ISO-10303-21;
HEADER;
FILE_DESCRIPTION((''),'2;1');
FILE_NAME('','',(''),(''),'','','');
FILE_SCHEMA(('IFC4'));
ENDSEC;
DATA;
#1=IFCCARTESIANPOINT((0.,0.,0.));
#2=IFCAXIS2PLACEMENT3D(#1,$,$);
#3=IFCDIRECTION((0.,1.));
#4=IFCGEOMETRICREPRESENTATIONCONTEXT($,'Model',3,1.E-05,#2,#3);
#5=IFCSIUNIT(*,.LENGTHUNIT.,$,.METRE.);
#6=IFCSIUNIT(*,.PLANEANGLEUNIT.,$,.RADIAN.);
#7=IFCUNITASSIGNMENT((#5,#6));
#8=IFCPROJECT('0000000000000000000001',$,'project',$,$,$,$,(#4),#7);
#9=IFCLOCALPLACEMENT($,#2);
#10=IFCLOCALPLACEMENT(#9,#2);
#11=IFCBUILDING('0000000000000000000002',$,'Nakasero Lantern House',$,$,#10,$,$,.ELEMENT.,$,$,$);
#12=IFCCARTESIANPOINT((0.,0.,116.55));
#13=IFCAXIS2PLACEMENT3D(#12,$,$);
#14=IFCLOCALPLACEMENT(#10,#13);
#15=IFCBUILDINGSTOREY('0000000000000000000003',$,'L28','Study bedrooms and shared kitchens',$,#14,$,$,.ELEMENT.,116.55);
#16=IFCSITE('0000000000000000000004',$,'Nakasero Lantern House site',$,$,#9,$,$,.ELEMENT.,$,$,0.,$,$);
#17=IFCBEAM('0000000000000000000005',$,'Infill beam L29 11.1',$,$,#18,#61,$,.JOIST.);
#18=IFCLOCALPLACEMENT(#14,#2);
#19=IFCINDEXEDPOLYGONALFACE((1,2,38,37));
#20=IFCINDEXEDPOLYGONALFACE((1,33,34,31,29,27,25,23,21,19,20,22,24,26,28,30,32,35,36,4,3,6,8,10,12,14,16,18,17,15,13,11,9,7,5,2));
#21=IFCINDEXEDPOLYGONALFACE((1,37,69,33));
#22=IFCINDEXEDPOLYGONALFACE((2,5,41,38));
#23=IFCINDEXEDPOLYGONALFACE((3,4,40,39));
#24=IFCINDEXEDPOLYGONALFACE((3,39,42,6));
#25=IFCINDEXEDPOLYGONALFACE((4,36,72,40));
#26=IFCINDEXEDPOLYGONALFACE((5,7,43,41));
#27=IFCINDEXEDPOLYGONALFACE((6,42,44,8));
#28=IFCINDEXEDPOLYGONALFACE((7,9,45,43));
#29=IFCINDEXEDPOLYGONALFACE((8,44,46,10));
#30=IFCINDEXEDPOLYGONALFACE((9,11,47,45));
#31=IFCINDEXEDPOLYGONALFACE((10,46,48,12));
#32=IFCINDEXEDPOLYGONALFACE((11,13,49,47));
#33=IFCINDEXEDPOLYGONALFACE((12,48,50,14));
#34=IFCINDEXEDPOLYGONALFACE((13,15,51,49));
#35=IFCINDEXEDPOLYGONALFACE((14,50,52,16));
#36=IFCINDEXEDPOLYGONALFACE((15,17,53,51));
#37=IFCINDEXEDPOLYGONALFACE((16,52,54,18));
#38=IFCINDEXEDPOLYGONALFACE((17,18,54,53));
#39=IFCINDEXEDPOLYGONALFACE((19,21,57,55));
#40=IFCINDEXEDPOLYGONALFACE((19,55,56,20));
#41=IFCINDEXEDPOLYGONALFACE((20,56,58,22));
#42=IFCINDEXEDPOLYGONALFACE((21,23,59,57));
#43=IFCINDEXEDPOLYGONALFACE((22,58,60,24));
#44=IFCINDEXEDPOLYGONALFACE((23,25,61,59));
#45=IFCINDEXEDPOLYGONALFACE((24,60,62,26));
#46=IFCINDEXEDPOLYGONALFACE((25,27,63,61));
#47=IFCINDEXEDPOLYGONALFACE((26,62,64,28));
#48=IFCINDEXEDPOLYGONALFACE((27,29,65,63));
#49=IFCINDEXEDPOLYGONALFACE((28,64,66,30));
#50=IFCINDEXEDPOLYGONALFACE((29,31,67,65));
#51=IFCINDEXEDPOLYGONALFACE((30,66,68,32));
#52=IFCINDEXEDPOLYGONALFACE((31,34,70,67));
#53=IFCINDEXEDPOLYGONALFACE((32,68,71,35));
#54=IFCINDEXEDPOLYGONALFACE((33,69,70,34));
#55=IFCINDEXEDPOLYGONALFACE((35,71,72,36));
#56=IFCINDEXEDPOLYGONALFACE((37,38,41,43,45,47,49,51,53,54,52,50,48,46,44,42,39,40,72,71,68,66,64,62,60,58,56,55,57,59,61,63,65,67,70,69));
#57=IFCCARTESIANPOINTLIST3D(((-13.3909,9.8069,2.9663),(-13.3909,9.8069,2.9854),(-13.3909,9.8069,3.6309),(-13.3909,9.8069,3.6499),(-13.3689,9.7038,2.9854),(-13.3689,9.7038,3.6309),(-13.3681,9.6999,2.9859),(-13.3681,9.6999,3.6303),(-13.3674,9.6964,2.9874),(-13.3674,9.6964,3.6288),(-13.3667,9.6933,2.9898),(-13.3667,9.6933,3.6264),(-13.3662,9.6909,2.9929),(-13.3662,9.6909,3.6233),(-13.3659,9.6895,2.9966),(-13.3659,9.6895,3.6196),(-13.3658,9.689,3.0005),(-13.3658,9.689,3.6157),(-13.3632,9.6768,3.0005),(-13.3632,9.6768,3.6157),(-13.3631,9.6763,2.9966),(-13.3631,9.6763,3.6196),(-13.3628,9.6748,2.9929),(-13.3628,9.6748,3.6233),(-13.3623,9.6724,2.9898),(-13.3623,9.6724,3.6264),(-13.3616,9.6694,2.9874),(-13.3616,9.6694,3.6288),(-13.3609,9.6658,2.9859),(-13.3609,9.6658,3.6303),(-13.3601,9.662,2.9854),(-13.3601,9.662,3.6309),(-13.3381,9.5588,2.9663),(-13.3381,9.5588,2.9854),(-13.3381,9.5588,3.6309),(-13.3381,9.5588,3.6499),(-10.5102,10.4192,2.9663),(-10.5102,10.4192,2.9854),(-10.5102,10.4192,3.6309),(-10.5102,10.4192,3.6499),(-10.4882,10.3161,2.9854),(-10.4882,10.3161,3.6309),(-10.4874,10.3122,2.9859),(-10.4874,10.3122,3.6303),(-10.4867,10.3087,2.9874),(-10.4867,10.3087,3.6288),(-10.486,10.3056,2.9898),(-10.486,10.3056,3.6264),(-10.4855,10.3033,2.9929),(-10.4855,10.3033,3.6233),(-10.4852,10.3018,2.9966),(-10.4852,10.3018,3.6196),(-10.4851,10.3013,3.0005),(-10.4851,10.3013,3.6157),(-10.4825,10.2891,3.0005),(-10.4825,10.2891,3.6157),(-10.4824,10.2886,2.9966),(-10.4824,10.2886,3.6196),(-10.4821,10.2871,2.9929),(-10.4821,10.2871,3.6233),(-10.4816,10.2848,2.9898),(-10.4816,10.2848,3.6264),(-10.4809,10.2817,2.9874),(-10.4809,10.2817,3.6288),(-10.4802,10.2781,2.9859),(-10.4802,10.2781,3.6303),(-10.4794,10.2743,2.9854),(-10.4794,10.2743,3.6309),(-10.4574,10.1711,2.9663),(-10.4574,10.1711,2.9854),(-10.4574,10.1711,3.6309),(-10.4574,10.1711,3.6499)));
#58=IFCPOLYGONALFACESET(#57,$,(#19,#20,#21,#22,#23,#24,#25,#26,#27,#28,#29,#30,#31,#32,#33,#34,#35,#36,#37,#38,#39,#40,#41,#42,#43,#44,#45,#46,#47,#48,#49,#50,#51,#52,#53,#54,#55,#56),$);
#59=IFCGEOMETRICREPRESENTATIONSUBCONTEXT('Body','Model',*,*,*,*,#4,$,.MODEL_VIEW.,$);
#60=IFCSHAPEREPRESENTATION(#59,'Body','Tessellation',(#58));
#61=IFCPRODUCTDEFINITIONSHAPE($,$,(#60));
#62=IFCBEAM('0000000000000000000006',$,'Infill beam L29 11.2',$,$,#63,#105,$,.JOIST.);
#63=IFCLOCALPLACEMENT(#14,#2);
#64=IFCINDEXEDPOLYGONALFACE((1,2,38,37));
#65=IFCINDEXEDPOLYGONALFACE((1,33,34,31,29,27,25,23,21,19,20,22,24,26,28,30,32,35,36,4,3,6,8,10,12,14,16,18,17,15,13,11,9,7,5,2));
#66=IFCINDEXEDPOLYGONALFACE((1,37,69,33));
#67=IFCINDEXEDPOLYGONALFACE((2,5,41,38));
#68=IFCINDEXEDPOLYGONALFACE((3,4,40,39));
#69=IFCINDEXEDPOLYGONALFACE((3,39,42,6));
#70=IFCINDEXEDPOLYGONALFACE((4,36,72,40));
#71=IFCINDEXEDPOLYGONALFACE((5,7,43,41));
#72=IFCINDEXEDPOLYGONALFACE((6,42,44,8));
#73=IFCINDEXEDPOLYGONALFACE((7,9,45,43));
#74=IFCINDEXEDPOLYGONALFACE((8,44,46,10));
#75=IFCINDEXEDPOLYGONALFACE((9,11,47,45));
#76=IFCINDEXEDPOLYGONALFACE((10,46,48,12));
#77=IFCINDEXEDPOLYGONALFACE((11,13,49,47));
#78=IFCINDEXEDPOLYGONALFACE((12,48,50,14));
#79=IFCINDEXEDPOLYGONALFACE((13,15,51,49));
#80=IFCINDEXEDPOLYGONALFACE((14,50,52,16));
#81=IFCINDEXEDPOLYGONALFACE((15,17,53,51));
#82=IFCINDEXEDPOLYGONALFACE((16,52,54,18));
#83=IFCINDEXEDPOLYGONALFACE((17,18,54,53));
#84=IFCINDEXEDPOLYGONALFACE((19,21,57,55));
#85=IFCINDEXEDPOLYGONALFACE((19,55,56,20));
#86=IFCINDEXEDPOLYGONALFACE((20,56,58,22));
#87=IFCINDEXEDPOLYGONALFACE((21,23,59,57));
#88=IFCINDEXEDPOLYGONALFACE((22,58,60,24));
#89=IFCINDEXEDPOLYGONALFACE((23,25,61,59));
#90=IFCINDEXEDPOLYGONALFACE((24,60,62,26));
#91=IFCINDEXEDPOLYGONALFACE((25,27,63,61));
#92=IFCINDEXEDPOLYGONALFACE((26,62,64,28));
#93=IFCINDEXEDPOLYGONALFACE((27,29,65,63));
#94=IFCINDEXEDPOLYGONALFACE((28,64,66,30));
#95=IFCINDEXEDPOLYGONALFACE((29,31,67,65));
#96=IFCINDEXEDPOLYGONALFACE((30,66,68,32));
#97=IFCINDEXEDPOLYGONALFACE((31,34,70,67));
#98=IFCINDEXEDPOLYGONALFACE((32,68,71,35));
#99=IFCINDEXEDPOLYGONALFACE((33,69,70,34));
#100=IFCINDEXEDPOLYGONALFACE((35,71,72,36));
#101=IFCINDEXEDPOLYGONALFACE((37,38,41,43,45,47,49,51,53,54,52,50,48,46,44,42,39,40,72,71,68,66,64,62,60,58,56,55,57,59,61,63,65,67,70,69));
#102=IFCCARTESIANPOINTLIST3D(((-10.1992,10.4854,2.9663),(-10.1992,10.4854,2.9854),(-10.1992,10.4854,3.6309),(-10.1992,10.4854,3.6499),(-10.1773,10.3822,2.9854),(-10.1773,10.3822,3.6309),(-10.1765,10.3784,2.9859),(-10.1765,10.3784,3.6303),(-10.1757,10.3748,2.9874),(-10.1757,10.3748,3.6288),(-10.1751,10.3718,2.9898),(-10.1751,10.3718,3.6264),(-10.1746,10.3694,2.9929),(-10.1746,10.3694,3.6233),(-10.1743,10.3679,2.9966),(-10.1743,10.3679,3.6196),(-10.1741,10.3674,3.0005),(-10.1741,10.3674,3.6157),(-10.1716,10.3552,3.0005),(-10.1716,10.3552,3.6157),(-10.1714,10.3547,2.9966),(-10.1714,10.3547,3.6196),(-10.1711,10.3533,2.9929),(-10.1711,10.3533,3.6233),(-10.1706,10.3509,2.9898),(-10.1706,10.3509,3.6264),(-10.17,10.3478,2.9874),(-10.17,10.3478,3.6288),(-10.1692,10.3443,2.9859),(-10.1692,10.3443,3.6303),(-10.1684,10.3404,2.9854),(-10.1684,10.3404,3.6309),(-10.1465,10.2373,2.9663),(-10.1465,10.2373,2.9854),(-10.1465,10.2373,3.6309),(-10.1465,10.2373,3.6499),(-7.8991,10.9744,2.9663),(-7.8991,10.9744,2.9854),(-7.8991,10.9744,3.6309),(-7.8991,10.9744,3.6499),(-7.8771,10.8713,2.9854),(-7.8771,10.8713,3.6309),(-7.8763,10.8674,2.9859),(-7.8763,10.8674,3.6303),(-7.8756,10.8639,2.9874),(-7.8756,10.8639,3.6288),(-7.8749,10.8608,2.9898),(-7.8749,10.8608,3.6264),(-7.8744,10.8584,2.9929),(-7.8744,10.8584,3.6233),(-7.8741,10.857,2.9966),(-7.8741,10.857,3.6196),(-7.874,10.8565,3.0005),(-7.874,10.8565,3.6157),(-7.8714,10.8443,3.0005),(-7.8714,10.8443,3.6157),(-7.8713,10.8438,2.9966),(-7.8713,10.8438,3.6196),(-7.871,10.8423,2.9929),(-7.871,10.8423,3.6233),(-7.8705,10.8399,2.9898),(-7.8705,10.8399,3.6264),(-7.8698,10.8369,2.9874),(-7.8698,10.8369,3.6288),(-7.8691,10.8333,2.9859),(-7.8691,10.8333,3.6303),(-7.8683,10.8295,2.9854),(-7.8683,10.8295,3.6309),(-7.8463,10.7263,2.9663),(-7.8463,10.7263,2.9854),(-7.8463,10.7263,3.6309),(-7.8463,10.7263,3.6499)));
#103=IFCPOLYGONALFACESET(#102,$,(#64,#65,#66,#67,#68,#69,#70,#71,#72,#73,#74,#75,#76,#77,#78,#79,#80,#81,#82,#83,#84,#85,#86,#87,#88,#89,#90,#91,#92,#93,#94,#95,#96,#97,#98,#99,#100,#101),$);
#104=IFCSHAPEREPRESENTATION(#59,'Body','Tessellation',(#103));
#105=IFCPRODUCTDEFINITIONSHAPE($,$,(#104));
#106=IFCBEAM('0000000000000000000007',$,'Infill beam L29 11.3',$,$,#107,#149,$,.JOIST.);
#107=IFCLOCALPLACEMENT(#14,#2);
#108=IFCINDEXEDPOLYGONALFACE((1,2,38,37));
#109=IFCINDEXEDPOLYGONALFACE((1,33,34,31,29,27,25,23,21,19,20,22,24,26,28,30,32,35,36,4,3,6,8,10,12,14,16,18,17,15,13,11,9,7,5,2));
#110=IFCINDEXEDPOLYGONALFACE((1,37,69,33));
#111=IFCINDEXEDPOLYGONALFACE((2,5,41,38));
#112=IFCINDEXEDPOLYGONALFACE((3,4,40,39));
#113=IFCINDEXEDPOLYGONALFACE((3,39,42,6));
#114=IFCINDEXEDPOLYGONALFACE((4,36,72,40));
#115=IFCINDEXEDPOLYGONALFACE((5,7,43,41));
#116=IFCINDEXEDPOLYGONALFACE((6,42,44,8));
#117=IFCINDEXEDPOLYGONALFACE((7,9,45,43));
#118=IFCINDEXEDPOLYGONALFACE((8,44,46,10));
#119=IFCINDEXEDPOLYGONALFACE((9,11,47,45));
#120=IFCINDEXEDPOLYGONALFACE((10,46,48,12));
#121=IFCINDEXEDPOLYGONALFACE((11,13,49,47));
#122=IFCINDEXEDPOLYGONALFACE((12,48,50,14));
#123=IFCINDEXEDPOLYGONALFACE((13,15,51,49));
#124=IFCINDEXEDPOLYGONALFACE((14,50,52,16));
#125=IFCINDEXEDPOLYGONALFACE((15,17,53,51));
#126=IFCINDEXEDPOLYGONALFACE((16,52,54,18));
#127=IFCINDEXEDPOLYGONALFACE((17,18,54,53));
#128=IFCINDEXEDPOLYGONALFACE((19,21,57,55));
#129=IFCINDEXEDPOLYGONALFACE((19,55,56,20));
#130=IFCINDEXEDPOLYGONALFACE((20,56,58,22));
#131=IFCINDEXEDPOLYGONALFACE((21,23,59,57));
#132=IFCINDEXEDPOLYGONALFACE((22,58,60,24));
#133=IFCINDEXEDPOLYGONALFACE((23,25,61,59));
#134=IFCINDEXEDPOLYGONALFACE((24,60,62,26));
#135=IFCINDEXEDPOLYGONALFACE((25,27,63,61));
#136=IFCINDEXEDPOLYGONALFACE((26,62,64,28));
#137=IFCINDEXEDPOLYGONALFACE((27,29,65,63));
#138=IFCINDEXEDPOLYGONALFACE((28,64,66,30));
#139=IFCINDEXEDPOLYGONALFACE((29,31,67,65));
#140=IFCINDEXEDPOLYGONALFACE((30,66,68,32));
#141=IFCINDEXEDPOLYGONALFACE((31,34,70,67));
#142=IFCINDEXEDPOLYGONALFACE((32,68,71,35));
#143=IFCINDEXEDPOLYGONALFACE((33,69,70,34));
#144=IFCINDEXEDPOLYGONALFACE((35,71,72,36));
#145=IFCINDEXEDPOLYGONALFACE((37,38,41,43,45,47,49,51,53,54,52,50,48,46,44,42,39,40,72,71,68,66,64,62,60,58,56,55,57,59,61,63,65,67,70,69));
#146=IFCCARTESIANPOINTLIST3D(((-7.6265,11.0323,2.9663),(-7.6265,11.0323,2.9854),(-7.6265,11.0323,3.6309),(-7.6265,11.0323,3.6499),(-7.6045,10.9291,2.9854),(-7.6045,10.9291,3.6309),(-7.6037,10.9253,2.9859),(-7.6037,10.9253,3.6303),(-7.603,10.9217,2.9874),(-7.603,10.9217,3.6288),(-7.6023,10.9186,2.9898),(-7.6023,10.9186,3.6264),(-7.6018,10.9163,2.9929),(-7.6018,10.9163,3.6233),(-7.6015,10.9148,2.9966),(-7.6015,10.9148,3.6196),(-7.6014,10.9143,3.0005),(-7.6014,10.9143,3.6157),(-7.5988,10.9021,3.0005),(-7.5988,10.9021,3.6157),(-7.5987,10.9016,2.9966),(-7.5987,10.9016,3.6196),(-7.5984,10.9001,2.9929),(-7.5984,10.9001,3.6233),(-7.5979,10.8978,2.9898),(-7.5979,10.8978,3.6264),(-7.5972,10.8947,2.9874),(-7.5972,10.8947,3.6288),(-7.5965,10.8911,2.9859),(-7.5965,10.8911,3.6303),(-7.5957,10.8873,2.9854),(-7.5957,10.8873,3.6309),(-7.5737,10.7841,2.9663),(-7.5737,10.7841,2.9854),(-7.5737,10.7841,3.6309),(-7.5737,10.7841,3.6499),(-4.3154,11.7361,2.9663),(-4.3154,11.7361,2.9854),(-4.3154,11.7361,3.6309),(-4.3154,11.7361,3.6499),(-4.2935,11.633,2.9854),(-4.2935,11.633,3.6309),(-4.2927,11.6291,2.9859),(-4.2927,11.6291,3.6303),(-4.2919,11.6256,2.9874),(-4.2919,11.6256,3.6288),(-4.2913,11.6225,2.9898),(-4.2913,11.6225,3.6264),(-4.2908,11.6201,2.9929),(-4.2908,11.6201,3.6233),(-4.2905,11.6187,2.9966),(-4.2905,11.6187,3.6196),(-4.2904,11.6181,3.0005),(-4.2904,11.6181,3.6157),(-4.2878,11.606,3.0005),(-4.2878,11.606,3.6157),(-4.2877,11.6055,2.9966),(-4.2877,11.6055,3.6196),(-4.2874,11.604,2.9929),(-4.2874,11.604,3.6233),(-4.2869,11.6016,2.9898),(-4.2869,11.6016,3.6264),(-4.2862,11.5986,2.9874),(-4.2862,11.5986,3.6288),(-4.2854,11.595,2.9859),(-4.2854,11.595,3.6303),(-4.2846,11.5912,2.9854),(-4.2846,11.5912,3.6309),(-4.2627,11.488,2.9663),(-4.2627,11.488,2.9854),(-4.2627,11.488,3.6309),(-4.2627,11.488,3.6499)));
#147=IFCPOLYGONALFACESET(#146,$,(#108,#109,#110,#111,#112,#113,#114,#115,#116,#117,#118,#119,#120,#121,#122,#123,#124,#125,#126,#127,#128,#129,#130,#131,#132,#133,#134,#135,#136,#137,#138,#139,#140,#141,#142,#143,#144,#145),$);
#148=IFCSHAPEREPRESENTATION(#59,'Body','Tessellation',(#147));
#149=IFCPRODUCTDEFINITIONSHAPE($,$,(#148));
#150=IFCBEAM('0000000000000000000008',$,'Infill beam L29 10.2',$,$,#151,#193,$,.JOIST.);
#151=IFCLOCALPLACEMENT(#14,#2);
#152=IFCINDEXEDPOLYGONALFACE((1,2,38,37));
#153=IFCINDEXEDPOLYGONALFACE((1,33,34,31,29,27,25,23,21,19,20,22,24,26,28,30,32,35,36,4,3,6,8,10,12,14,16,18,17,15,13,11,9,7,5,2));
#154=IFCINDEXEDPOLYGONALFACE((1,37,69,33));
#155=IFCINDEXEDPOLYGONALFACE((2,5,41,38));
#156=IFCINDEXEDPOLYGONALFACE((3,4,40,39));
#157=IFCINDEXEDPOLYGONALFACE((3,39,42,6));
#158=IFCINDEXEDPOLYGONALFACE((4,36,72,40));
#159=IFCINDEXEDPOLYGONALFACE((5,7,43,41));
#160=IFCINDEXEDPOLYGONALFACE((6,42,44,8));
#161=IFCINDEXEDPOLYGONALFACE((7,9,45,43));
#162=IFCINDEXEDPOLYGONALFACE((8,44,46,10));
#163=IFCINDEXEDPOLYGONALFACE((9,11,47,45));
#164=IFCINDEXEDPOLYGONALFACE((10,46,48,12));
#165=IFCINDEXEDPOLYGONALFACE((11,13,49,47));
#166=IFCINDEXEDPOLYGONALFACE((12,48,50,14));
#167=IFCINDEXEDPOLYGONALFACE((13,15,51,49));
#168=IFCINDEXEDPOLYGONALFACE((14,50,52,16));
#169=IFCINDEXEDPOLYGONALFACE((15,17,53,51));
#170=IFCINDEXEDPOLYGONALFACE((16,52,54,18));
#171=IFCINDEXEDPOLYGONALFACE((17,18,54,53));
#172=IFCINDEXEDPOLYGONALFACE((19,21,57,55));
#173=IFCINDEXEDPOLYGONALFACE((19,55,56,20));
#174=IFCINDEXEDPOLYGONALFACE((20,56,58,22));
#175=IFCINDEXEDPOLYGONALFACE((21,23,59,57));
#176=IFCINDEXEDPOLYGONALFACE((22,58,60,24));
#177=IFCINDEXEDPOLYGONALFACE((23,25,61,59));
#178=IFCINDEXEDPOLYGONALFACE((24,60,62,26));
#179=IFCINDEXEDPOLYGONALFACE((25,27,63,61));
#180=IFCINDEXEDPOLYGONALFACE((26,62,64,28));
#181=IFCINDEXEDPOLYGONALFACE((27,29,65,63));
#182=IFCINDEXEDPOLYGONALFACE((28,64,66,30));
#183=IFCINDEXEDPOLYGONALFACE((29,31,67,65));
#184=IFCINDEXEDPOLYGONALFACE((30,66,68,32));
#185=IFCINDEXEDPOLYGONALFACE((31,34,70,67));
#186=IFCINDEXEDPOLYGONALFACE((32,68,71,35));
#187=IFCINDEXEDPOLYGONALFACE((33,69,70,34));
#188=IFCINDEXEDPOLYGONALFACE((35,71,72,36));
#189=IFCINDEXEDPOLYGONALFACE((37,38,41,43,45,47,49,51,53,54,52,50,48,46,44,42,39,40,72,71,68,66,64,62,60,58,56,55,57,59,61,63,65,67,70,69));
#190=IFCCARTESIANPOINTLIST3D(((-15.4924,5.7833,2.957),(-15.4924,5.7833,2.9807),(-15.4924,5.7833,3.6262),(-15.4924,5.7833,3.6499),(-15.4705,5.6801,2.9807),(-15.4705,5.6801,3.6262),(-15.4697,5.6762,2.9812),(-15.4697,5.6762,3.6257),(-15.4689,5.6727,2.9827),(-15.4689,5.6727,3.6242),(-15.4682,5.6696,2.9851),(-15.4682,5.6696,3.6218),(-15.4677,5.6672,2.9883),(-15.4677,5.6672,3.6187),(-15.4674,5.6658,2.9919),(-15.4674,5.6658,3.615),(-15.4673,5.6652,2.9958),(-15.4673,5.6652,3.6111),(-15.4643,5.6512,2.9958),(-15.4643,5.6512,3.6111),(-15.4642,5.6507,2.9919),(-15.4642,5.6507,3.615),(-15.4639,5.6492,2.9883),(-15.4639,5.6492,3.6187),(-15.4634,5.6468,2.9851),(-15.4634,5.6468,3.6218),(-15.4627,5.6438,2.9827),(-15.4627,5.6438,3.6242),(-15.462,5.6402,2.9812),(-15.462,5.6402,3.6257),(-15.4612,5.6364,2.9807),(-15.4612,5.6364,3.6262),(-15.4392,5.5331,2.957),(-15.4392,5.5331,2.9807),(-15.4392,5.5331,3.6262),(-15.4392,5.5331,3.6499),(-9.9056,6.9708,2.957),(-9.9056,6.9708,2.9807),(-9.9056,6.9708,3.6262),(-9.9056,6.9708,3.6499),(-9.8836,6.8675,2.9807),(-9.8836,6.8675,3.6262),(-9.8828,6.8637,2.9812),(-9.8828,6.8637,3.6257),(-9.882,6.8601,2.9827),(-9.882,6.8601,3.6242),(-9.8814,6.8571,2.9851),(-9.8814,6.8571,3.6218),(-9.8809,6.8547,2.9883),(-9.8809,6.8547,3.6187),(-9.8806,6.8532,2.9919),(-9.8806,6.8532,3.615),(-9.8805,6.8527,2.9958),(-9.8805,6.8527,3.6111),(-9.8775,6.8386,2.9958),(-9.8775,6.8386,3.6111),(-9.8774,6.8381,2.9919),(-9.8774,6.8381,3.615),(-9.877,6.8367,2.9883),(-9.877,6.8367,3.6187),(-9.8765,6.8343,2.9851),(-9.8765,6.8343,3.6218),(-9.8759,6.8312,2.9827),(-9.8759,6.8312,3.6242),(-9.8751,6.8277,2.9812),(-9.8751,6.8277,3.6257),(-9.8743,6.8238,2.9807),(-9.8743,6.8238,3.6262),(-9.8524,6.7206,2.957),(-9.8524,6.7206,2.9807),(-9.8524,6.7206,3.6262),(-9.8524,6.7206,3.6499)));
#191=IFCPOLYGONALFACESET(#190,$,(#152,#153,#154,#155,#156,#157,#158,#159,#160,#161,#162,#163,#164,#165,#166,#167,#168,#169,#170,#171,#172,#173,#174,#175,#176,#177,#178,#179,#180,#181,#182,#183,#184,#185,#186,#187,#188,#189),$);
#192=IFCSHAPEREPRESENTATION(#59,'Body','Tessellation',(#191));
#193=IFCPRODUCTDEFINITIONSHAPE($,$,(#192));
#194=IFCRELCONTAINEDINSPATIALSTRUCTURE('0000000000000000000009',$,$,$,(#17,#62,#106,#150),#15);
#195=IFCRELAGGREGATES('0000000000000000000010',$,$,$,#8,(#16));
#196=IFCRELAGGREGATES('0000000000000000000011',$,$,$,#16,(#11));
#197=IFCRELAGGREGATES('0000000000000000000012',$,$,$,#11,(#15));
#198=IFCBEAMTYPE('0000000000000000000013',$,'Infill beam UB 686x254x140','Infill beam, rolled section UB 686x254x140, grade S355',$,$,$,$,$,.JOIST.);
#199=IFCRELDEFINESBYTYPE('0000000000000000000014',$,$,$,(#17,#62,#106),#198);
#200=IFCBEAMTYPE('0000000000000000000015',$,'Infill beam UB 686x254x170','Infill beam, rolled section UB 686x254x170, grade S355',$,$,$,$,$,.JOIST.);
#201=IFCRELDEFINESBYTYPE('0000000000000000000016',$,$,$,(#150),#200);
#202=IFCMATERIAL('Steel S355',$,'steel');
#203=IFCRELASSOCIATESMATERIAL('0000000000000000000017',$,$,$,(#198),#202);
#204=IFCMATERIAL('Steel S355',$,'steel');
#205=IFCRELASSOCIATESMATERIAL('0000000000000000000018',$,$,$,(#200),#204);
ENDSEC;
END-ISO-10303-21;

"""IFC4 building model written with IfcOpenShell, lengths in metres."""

from ifc_helpers import new_model, si_unit, direction, frame, origin, origin_2d, place, context, subcontext, project, spatial, i_section, extrude, material, material_profile, profile_set, type_object, element, save


model = new_model("IFC4")

# Units and contexts
model_context = context("Model", 3, precision=1e-05, world=origin(), true_north=direction((0.0, 1.0)))
body_context = subcontext(model_context, "Body", "Model", "MODEL_VIEW")
ifc_project = project(units=[si_unit("LENGTHUNIT", "METRE"), si_unit("PLANEANGLEUNIT", "RADIAN")], contexts=[model_context])

# Site, building, storey
site_placement = place(None, origin())
site = spatial("IfcSite", under=ifc_project, at=site_placement, Name="Nakasero Lantern House site", CompositionType="ELEMENT", RefElevation=0.0)
building_placement = place(site_placement, origin())
building = spatial("IfcBuilding", under=site, at=building_placement, Name="Nakasero Lantern House", CompositionType="ELEMENT")
storey_placement = place(building_placement, frame((0.0, 0.0, 116.55)))
storey = spatial("IfcBuildingStorey", under=building, at=storey_placement, Name="L28", Description="Study bedrooms and shared kitchens", CompositionType="ELEMENT", Elevation=116.55)

# Beams
ifc_material_1 = material(Name="Steel S355", Category="steel")
ifc_material_profile_1 = material_profile(ifc_material_1, i_section(OverallWidth=0.2537, OverallDepth=0.6836, WebThickness=0.0125, FlangeThickness=0.019, FilletRadius=0.0151, at=origin_2d()), Name="UB 686x254x140")
ifc_profile_set_1 = profile_set([ifc_material_profile_1], Name="Steel S355")
beam_type_1 = type_object("IfcBeamType", Name="Infill beam UB 686x254x140", Description="Infill beam, rolled section UB 686x254x140, grade S355", PredefinedType="JOIST", material=ifc_profile_set_1)
beam_1_placement = place(storey_placement, frame((-13.3645, 9.6829, 3.3081), z_axis=(0.978147, 0.207915, 0.0), x_axis=(-0.207915, 0.978147, 0.0)))
element("IfcBeam", 1, at=beam_1_placement, inside=storey, type_object=beam_type_1, Name="Infill beam L29 11.1", PredefinedType="JOIST", context=body_context, shape_type="SweptSolid", body=[
    extrude(i_section(OverallWidth=0.2537, OverallDepth=0.6836, WebThickness=0.0125, FlangeThickness=0.019, FilletRadius=0.0151, at=origin_2d()), origin(), (0.0, 0.0, 1.0), 2.9451),
])
beam_2_placement = place(storey_placement, frame((-10.1729, 10.3613, 3.3081), z_axis=(0.978137, 0.207962, 0.0), x_axis=(-0.207962, 0.978137, 0.0)))
element("IfcBeam", 2, at=beam_2_placement, inside=storey, type_object=beam_type_1, Name="Infill beam L29 11.2", PredefinedType="JOIST", context=body_context, shape_type="SweptSolid", body=[
    extrude(i_section(OverallWidth=0.2537, OverallDepth=0.6836, WebThickness=0.0125, FlangeThickness=0.019, FilletRadius=0.0151, at=origin_2d()), origin(), (0.0, 0.0, 1.0), 2.3516),
])
beam_3_placement = place(storey_placement, frame((-7.6001, 10.9082, 3.3081), z_axis=(0.978143, 0.207933, 0.0), x_axis=(-0.207933, 0.978143, 0.0)))
element("IfcBeam", 3, at=beam_3_placement, inside=storey, type_object=beam_type_1, Name="Infill beam L29 11.3", PredefinedType="JOIST", context=body_context, shape_type="SweptSolid", body=[
    extrude(i_section(OverallWidth=0.2537, OverallDepth=0.6836, WebThickness=0.0125, FlangeThickness=0.019, FilletRadius=0.0151, at=origin_2d()), origin(), (0.0, 0.0, 1.0), 3.385),
])
ifc_material_2 = material(Name="Steel S355", Category="steel")
ifc_material_profile_2 = material_profile(ifc_material_2, i_section(OverallWidth=0.2559, OverallDepth=0.6929, WebThickness=0.0144, FlangeThickness=0.0237, FilletRadius=0.0151, at=origin_2d()), Name="UB 686x254x170")
ifc_profile_set_2 = profile_set([ifc_material_profile_2], Name="Steel S355")
beam_type_2 = type_object("IfcBeamType", Name="Infill beam UB 686x254x170", Description="Infill beam, rolled section UB 686x254x170, grade S355", PredefinedType="JOIST", material=ifc_profile_set_2)
beam_4_placement = place(storey_placement, frame((-15.4658, 5.6582, 3.3035), z_axis=(0.978149, 0.207906, 0.0), x_axis=(-0.207906, 0.978149, 0.0)))
element("IfcBeam", 4, at=beam_4_placement, inside=storey, type_object=beam_type_2, Name="Infill beam L29 10.2", PredefinedType="JOIST", context=body_context, shape_type="SweptSolid", body=[
    extrude(i_section(OverallWidth=0.2559, OverallDepth=0.6929, WebThickness=0.0144, FlangeThickness=0.0237, FilletRadius=0.0151, at=origin_2d()), origin(), (0.0, 0.0, 1.0), 5.7117),
])

save(model, "model.ifc")
